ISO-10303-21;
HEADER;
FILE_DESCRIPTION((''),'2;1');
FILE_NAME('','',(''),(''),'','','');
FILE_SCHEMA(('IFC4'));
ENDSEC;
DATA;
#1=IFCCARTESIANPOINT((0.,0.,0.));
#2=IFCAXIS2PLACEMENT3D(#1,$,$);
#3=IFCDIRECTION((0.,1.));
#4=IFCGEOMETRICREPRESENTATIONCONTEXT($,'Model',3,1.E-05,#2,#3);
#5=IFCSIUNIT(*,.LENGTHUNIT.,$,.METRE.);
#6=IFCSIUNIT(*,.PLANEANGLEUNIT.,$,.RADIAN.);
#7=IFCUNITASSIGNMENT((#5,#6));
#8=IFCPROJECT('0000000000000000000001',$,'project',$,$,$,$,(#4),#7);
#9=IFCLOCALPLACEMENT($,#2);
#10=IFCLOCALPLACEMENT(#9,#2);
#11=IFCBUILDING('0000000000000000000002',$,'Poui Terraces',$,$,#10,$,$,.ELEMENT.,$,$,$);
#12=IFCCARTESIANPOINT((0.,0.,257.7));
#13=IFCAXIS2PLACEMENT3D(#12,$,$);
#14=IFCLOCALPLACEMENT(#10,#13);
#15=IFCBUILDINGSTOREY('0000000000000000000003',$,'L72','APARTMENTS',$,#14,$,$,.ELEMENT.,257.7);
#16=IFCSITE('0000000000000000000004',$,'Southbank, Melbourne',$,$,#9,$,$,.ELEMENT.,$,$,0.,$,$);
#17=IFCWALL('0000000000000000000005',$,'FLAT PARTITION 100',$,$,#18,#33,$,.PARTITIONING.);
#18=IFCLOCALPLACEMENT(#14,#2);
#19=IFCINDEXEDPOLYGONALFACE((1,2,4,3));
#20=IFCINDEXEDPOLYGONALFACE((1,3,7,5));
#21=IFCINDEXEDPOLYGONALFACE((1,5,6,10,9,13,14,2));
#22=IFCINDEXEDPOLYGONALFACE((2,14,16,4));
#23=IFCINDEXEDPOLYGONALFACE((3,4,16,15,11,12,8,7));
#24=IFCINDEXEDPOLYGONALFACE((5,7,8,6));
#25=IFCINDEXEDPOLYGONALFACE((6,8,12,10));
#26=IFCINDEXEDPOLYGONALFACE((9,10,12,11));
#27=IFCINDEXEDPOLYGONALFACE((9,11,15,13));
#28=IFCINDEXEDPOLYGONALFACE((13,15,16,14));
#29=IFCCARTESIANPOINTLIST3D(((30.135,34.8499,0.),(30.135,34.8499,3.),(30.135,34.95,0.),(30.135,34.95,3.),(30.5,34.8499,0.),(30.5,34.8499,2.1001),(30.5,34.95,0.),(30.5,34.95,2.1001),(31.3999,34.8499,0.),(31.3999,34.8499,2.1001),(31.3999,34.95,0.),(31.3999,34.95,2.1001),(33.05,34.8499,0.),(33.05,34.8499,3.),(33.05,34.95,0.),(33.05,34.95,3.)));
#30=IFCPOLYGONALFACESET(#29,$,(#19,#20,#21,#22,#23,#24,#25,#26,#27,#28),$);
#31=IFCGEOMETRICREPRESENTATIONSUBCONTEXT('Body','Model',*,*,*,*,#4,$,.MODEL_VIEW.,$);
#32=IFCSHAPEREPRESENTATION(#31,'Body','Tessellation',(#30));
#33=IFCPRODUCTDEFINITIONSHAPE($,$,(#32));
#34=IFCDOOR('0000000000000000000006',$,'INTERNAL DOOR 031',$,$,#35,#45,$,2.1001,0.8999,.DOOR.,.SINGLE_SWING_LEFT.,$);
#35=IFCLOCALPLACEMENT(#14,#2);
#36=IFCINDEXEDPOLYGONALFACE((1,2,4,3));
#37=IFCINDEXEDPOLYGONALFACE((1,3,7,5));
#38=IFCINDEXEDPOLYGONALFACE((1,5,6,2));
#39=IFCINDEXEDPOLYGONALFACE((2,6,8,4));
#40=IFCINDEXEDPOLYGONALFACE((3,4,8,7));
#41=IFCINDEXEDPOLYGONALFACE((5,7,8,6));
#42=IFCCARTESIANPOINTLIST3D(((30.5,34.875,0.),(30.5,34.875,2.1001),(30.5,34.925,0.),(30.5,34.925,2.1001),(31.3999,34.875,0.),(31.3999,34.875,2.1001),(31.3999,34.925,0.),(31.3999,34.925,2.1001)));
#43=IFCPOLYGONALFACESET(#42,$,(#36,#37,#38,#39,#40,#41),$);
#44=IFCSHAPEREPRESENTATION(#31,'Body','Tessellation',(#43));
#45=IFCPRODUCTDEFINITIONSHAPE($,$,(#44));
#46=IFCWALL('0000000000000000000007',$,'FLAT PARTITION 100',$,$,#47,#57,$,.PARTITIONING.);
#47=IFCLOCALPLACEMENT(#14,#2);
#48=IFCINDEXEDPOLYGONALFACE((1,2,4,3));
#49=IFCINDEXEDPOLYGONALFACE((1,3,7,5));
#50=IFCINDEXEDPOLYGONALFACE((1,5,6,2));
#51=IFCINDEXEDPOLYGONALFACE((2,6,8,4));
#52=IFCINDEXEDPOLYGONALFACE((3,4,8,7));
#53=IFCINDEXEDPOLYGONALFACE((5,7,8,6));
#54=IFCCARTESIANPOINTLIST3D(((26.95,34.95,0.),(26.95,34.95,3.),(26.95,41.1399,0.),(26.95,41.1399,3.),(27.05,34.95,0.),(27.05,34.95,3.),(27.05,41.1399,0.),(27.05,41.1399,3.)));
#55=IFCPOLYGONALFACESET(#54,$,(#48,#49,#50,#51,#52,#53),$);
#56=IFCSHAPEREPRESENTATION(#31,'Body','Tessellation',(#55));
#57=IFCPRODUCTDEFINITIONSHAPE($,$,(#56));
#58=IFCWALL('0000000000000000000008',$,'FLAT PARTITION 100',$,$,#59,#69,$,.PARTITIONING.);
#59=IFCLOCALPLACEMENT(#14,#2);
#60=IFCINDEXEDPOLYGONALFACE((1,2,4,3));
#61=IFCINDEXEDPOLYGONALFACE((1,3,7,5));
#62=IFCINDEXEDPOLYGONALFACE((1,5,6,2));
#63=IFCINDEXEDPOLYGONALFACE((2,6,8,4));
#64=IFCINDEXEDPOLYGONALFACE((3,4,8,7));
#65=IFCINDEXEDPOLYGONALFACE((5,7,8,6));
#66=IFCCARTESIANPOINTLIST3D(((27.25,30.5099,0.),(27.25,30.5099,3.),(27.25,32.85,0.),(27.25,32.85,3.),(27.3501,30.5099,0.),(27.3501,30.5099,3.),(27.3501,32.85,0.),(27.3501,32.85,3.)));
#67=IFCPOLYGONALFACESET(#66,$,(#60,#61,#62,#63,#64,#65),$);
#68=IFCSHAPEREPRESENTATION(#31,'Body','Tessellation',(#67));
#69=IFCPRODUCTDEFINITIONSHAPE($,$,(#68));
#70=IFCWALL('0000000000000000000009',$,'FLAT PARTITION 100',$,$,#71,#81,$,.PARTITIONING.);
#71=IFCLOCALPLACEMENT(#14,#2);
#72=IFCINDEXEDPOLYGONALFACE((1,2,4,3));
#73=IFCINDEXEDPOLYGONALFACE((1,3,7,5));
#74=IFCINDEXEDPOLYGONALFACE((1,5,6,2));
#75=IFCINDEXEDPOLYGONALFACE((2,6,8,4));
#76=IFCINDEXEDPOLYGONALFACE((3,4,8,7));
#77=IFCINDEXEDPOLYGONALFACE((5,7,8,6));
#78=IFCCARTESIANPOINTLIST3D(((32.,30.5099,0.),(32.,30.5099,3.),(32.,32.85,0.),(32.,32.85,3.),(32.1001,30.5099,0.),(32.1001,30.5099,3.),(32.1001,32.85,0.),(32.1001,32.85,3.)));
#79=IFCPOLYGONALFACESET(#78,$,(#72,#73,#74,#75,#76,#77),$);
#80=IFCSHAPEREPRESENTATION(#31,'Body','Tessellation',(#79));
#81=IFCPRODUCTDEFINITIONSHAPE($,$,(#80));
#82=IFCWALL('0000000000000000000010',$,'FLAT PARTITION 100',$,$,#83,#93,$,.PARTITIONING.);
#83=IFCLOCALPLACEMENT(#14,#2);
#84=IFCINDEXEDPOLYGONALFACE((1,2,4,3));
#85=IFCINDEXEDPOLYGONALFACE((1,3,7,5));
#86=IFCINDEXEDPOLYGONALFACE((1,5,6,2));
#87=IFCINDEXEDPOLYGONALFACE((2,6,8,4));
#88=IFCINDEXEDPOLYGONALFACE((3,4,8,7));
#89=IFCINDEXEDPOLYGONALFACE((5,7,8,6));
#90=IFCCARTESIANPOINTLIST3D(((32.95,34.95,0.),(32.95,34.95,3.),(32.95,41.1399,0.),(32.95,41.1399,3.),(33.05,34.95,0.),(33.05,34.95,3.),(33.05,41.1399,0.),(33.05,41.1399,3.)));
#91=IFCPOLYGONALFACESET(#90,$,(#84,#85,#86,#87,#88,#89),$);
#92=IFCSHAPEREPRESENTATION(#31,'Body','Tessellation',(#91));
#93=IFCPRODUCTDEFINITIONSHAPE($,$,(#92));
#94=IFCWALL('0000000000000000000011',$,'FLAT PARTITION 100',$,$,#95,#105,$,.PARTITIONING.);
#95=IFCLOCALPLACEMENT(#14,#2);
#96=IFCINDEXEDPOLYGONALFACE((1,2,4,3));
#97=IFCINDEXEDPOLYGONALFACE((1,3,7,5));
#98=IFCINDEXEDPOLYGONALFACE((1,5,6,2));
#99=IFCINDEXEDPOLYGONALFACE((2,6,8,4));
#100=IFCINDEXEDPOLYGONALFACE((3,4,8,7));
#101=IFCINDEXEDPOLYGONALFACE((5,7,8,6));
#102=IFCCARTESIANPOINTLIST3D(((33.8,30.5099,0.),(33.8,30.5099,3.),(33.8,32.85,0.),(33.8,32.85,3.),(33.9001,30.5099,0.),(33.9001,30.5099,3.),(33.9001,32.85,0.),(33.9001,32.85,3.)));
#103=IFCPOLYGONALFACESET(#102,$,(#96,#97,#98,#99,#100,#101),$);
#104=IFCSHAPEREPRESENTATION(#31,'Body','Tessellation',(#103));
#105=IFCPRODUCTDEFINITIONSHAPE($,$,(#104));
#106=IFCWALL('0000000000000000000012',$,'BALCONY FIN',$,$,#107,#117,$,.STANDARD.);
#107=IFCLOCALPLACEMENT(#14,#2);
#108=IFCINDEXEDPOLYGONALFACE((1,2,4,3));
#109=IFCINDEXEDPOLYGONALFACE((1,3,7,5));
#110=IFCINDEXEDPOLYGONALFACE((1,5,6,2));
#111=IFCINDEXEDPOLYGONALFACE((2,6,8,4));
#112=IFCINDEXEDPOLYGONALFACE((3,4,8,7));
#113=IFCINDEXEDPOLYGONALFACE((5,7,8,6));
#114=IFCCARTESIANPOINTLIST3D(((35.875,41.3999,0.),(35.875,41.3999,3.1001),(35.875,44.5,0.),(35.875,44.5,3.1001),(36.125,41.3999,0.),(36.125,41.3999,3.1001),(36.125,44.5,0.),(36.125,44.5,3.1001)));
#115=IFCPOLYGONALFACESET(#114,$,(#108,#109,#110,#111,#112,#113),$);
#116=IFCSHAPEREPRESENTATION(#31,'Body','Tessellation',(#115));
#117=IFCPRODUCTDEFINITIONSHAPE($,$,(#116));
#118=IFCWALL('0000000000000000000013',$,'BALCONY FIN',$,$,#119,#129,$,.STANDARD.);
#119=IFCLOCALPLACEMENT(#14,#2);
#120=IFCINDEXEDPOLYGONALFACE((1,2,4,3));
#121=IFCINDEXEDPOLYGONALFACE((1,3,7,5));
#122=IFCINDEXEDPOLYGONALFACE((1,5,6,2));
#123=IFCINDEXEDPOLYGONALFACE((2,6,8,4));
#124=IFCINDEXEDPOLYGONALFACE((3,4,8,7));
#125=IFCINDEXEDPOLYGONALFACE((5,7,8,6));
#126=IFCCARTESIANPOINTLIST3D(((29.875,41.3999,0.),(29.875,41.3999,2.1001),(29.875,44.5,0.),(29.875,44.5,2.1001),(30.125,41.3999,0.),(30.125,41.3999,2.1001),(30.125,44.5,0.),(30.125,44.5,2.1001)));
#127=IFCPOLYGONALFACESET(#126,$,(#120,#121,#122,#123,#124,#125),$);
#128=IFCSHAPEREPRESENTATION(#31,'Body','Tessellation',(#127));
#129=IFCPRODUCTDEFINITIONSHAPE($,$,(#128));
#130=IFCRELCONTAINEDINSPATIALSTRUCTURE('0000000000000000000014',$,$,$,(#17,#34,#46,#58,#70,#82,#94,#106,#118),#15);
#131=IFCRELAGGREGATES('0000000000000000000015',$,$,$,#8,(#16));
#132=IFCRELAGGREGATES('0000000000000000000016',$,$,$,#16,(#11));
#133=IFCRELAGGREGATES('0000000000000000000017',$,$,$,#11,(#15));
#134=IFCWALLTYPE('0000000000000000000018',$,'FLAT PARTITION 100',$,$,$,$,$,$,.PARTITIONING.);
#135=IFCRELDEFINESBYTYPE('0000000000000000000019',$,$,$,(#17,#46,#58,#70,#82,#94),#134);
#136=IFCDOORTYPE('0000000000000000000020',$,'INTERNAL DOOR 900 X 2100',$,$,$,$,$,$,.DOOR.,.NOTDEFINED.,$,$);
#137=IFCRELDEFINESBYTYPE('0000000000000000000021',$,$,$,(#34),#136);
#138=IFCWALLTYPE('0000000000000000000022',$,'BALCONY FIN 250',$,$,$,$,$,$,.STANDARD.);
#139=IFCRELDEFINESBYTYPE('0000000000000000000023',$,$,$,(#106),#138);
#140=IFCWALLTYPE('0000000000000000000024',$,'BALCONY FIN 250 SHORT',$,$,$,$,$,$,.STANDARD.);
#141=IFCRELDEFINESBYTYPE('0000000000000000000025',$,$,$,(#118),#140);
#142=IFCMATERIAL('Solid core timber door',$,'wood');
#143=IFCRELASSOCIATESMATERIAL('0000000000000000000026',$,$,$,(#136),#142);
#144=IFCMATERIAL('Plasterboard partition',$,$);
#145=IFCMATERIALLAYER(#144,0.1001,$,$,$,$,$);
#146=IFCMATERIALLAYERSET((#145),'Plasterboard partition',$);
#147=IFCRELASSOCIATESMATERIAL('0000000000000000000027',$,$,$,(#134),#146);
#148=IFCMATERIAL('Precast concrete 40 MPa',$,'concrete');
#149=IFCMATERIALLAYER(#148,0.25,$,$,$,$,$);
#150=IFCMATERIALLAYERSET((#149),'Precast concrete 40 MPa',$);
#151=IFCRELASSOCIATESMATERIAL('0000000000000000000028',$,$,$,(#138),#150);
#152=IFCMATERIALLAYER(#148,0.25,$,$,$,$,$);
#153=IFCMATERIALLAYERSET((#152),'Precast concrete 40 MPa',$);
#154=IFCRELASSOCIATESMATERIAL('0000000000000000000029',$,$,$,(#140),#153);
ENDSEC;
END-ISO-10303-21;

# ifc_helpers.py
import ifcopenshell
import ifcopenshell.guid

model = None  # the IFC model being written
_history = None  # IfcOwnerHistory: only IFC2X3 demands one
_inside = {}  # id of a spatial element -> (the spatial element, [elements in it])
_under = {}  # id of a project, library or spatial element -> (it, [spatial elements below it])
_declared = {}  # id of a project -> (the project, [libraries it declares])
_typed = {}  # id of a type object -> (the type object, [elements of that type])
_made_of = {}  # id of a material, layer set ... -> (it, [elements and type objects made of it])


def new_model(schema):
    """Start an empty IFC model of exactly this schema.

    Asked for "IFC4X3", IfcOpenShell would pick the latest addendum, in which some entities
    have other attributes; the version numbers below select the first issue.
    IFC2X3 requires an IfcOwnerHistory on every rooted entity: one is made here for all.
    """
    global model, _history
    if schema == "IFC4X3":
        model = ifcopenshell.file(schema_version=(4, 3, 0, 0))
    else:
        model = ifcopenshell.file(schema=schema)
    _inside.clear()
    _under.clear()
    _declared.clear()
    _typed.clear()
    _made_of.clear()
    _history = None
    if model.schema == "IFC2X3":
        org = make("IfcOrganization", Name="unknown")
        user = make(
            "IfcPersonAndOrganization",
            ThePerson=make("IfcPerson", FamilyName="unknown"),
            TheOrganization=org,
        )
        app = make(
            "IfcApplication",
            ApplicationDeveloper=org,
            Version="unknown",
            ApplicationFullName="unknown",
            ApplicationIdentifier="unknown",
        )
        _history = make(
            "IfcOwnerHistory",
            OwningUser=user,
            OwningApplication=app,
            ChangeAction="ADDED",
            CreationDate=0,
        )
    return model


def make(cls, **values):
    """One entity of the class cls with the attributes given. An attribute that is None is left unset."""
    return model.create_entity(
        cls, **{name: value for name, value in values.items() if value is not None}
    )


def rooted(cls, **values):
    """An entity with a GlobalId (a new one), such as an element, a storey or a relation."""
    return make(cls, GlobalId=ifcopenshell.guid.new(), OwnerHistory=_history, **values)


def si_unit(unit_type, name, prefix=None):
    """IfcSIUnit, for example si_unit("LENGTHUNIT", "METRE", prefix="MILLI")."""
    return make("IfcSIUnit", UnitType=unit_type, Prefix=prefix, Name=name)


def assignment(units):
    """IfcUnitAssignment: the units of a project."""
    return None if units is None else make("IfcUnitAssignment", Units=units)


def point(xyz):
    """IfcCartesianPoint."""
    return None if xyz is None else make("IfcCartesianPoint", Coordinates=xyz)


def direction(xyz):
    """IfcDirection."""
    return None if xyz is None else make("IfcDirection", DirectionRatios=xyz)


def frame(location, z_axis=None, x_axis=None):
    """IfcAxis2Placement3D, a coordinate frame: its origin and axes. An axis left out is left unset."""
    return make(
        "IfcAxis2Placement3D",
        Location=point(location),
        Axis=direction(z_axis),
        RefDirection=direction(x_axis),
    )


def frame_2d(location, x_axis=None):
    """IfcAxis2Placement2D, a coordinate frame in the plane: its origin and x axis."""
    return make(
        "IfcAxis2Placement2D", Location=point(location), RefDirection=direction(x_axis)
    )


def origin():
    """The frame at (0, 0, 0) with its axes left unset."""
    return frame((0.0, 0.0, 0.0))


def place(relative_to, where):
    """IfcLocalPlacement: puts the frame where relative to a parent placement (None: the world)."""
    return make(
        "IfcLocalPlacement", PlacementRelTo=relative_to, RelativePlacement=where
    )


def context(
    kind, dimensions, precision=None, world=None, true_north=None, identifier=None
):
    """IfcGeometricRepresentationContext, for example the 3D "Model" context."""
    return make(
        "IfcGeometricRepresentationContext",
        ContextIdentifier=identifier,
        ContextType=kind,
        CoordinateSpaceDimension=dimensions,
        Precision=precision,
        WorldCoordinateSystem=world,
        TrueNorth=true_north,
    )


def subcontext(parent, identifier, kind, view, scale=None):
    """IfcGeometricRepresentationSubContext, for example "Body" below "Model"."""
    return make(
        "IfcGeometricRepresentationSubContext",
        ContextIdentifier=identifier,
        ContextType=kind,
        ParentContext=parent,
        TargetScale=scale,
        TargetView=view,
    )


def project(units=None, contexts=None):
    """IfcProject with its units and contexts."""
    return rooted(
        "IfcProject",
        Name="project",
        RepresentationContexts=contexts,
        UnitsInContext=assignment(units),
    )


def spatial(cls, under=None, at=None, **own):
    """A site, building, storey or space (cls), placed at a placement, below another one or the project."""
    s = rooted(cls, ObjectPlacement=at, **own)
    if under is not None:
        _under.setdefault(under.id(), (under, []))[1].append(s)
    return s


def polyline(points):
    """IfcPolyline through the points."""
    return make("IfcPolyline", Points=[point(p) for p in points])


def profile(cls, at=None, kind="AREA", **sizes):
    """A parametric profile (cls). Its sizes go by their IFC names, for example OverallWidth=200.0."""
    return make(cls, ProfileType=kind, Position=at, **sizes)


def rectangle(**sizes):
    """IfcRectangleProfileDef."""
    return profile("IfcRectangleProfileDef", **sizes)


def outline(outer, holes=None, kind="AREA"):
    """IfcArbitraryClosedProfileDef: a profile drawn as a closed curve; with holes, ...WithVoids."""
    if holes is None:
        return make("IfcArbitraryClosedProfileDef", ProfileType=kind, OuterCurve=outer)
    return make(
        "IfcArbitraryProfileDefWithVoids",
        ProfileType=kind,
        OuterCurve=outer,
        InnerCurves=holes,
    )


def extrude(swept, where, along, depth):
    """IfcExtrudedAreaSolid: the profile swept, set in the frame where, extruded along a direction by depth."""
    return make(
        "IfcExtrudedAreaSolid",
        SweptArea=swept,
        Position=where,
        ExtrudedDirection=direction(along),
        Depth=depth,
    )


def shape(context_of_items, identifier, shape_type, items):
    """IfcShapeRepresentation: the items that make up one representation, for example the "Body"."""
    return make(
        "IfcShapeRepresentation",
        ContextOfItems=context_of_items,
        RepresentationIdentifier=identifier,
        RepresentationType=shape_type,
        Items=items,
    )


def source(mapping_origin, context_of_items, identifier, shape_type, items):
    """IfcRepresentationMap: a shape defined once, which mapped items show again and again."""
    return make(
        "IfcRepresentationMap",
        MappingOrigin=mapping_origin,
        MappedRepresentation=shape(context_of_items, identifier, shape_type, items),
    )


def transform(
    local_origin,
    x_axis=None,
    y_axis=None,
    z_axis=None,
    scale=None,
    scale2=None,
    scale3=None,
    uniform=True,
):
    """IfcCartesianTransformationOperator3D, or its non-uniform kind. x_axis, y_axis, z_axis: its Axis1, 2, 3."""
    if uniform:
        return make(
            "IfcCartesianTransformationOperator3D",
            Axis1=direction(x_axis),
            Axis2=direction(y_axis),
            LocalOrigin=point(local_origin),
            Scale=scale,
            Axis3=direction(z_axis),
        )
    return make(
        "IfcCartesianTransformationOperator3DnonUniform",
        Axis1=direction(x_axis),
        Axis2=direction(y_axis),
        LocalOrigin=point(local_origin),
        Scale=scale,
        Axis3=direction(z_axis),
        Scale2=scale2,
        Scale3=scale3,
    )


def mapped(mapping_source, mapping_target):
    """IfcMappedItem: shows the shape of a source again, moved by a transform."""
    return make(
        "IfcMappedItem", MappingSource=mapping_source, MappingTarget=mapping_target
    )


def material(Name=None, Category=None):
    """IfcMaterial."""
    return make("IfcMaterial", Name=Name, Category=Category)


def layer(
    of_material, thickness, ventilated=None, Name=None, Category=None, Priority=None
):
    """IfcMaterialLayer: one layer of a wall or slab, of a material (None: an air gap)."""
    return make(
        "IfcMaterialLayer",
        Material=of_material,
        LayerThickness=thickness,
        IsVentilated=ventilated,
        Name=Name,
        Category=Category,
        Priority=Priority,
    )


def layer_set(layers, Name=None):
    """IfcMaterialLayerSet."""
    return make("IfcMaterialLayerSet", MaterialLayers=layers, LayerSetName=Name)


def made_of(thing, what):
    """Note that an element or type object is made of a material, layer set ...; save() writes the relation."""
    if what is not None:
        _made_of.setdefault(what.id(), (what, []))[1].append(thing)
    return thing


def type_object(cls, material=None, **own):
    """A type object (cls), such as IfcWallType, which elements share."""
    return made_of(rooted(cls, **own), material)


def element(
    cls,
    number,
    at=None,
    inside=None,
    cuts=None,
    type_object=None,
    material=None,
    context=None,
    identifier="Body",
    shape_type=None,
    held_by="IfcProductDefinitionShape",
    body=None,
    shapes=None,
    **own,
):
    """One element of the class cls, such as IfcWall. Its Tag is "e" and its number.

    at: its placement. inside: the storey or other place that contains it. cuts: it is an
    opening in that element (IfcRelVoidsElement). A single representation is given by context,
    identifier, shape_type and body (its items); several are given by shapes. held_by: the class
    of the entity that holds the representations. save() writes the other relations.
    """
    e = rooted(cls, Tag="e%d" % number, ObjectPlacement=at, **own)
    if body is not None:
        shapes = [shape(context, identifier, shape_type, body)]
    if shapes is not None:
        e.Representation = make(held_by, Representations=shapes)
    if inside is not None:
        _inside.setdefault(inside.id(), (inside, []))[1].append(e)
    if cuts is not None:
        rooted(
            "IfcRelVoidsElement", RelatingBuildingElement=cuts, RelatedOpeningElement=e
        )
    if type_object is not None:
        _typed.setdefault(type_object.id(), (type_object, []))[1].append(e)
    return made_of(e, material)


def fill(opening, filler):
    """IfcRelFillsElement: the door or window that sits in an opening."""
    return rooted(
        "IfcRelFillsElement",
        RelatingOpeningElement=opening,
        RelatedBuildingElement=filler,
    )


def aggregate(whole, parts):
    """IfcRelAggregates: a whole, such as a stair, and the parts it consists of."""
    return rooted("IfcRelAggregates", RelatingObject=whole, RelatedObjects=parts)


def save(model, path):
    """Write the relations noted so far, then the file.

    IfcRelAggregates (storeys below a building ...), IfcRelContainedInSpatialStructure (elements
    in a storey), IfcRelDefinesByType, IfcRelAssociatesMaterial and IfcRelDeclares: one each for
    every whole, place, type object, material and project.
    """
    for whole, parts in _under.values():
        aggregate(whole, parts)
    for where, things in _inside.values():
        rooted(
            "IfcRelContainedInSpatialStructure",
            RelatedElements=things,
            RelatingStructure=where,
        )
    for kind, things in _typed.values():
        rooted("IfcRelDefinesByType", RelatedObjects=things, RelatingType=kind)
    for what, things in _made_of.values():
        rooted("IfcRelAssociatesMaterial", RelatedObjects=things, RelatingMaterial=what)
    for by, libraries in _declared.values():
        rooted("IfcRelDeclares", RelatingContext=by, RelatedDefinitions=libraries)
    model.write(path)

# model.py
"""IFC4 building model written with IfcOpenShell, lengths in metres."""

from ifc_helpers import new_model, si_unit, direction, frame, frame_2d, origin, place, context, subcontext, project, spatial, polyline, rectangle, outline, extrude, source, transform, mapped, material, layer, layer_set, type_object, element, fill, save


model = new_model("IFC4")

# Units and contexts
model_context = context("Model", 3, precision=1e-05, world=origin(), true_north=direction((0.0, 1.0)))
body_context = subcontext(model_context, "Body", "Model", "MODEL_VIEW")
ifc_project = project(units=[si_unit("LENGTHUNIT", "METRE"), si_unit("PLANEANGLEUNIT", "RADIAN")], contexts=[model_context])

# Site, building, storey
site_placement = place(None, origin())
site = spatial("IfcSite", under=ifc_project, at=site_placement, Name="Southbank, Melbourne", CompositionType="ELEMENT", RefElevation=0.0)
building_placement = place(site_placement, origin())
building = spatial("IfcBuilding", under=site, at=building_placement, Name="Poui Terraces", CompositionType="ELEMENT")
storey_placement = place(building_placement, frame((0.0, 0.0, 257.7)))
storey = spatial("IfcBuildingStorey", under=building, at=storey_placement, Name="L72", Description="APARTMENTS", CompositionType="ELEMENT", Elevation=257.7)

# Shared definitions
ifc_material_1 = material(Name="Solid core timber door", Category="wood")
door_type_1 = type_object("IfcDoorType", Name="INTERNAL DOOR 900 X 2100", OperationType="NOTDEFINED", PredefinedType="DOOR", material=ifc_material_1)
ifc_material_2 = material(Name="Plasterboard partition")
ifc_layer_1 = layer(ifc_material_2, 0.1001)
ifc_layer_set_1 = layer_set([ifc_layer_1], Name="Plasterboard partition")
wall_type_1 = type_object("IfcWallType", Name="FLAT PARTITION 100", PredefinedType="PARTITIONING", material=ifc_layer_set_1)

# Wall, opening, door
wall_1_placement = place(storey_placement, frame((30.135, 34.8999, 0.0), z_axis=(0.0, 0.0, 1.0), x_axis=(1.0, 0.0, 0.0)))
wall_1 = element("IfcWall", 1, at=wall_1_placement, inside=storey, type_object=wall_type_1, Name="FLAT PARTITION 100", PredefinedType="PARTITIONING", context=body_context, shape_type="SweptSolid", body=[
    extrude(rectangle(XDim=2.915, YDim=0.1001, at=frame_2d((1.4575, 0.0))), origin(), (0.0, 0.0, 1.0), 3.0),
])
opening_1_placement = place(wall_1_placement, frame((0.365, 0.0, 0.0)))
opening_1 = element("IfcOpeningElement", 2, at=opening_1_placement, cuts=wall_1, PredefinedType="OPENING", context=body_context, shape_type="SweptSolid", body=[
    extrude(rectangle(XDim=0.8999, YDim=2.1001, at=frame_2d((0.45, 1.05))), frame((0.0, 0.0601, 0.0), z_axis=(0.0, -1.0, 0.0), x_axis=(1.0, 0.0, 0.0)), (0.0, 0.0, 1.0), 0.1201),
])
door_1_placement = place(opening_1_placement, frame((0.8999, 0.0, 0.0), z_axis=(0.0, 0.0, 1.0), x_axis=(-1.0, 0.0, 0.0)))
door_1 = element("IfcDoor", 3, at=door_1_placement, inside=storey, type_object=door_type_1, Name="INTERNAL DOOR 031", OperationType="SINGLE_SWING_LEFT", OverallHeight=2.1001, OverallWidth=0.8999, PredefinedType="DOOR", context=body_context, shape_type="SweptSolid", body=[
    extrude(rectangle(XDim=0.8999, YDim=2.1001, at=frame_2d((0.45, 1.05))), frame((0.0, 0.0249, 0.0), z_axis=(0.0, -1.0, 0.0), x_axis=(1.0, 0.0, 0.0)), (0.0, 0.0, 1.0), 0.05),
])
fill(opening_1, door_1)

# Walls
wall_2_placement = place(storey_placement, frame((27.0, 34.95, 0.0), z_axis=(0.0, 0.0, 1.0), x_axis=(0.0, 1.0, 0.0)))
element("IfcWall", 4, at=wall_2_placement, inside=storey, type_object=wall_type_1, Name="FLAT PARTITION 100", PredefinedType="PARTITIONING", context=body_context, shape_type="SweptSolid", body=[
    extrude(rectangle(XDim=6.1899, YDim=0.1001, at=frame_2d((3.095, 0.0))), origin(), (0.0, 0.0, 1.0), 3.0),
])
for number, where, z_axis, x_axis, name in (
    (5, (27.3, 30.51, 0.0), (0.0, 0.0, 1.0), (0.0, 1.0, 0.0), "FLAT PARTITION 100"),
    (6, (32.05, 30.51, 0.0), (0.0, 0.0, 1.0), (0.0, 1.0, 0.0), "FLAT PARTITION 100"),
):
    element("IfcWall", number, at=place(storey_placement, frame(where, z_axis=z_axis, x_axis=x_axis)), inside=storey, type_object=wall_type_1, Name=name, PredefinedType="PARTITIONING", context=body_context, shape_type="SweptSolid", body=[
        extrude(rectangle(XDim=2.3401, YDim=0.1001, at=frame_2d((1.1699, 0.0))), origin(), (0.0, 0.0, 1.0), 3.0),
    ])
wall_3_placement = place(storey_placement, frame((33.0, 34.95, 0.0), z_axis=(0.0, 0.0, 1.0), x_axis=(0.0, 1.0, 0.0)))
element("IfcWall", 7, at=wall_3_placement, inside=storey, type_object=wall_type_1, Name="FLAT PARTITION 100", PredefinedType="PARTITIONING", context=body_context, shape_type="SweptSolid", body=[
    extrude(rectangle(XDim=6.1899, YDim=0.1001, at=frame_2d((3.095, 0.0))), origin(), (0.0, 0.0, 1.0), 3.0),
])
wall_4_placement = place(storey_placement, frame((33.8501, 30.51, 0.0), z_axis=(0.0, 0.0, 1.0), x_axis=(0.0, 1.0, 0.0)))
element("IfcWall", 8, at=wall_4_placement, inside=storey, type_object=wall_type_1, Name="FLAT PARTITION 100", PredefinedType="PARTITIONING", context=body_context, shape_type="SweptSolid", body=[
    extrude(rectangle(XDim=2.3401, YDim=0.1001, at=frame_2d((1.1699, 0.0))), origin(), (0.0, 0.0, 1.0), 3.0),
])
ifc_material_3 = material(Name="Precast concrete 40 MPa", Category="concrete")
ifc_layer_2 = layer(ifc_material_3, 0.25)
ifc_layer_set_2 = layer_set([ifc_layer_2], Name="Precast concrete 40 MPa")
wall_type_2 = type_object("IfcWallType", Name="BALCONY FIN 250", PredefinedType="STANDARD", material=ifc_layer_set_2)
shared_shape_1 = source(origin(), body_context, "Body", "SweptSolid", [
    extrude(outline(polyline([(0.0, 0.0), (0.25, 0.0), (0.25, 3.1001), (0.0, 3.1001), (0.0, 0.0)])), origin(), (0.0, 0.0, 1.0), 3.1001),
])
wall_5_placement = place(storey_placement, frame((35.875, 41.3999, 0.0)))
element("IfcWall", 9, at=wall_5_placement, inside=storey, type_object=wall_type_2, Name="BALCONY FIN", PredefinedType="STANDARD", context=body_context, shape_type="MappedRepresentation", body=[
    mapped(shared_shape_1, transform((0.0, 0.0, 0.0))),
])
ifc_layer_3 = layer(ifc_material_3, 0.25)
ifc_layer_set_3 = layer_set([ifc_layer_3], Name="Precast concrete 40 MPa")
wall_type_3 = type_object("IfcWallType", Name="BALCONY FIN 250 SHORT", PredefinedType="STANDARD", material=ifc_layer_set_3)
shared_shape_2 = source(origin(), body_context, "Body", "SweptSolid", [
    extrude(outline(polyline([(0.0, 0.0), (0.25, 0.0), (0.25, 3.1001), (0.0, 3.1001), (0.0, 0.0)])), origin(), (0.0, 0.0, 1.0), 2.1001),
])
wall_6_placement = place(storey_placement, frame((29.875, 41.3999, 0.0)))
element("IfcWall", 10, at=wall_6_placement, inside=storey, type_object=wall_type_3, Name="BALCONY FIN", PredefinedType="STANDARD", context=body_context, shape_type="MappedRepresentation", body=[
    mapped(shared_shape_2, transform((0.0, 0.0, 0.0))),
])

save(model, "model.ifc")
